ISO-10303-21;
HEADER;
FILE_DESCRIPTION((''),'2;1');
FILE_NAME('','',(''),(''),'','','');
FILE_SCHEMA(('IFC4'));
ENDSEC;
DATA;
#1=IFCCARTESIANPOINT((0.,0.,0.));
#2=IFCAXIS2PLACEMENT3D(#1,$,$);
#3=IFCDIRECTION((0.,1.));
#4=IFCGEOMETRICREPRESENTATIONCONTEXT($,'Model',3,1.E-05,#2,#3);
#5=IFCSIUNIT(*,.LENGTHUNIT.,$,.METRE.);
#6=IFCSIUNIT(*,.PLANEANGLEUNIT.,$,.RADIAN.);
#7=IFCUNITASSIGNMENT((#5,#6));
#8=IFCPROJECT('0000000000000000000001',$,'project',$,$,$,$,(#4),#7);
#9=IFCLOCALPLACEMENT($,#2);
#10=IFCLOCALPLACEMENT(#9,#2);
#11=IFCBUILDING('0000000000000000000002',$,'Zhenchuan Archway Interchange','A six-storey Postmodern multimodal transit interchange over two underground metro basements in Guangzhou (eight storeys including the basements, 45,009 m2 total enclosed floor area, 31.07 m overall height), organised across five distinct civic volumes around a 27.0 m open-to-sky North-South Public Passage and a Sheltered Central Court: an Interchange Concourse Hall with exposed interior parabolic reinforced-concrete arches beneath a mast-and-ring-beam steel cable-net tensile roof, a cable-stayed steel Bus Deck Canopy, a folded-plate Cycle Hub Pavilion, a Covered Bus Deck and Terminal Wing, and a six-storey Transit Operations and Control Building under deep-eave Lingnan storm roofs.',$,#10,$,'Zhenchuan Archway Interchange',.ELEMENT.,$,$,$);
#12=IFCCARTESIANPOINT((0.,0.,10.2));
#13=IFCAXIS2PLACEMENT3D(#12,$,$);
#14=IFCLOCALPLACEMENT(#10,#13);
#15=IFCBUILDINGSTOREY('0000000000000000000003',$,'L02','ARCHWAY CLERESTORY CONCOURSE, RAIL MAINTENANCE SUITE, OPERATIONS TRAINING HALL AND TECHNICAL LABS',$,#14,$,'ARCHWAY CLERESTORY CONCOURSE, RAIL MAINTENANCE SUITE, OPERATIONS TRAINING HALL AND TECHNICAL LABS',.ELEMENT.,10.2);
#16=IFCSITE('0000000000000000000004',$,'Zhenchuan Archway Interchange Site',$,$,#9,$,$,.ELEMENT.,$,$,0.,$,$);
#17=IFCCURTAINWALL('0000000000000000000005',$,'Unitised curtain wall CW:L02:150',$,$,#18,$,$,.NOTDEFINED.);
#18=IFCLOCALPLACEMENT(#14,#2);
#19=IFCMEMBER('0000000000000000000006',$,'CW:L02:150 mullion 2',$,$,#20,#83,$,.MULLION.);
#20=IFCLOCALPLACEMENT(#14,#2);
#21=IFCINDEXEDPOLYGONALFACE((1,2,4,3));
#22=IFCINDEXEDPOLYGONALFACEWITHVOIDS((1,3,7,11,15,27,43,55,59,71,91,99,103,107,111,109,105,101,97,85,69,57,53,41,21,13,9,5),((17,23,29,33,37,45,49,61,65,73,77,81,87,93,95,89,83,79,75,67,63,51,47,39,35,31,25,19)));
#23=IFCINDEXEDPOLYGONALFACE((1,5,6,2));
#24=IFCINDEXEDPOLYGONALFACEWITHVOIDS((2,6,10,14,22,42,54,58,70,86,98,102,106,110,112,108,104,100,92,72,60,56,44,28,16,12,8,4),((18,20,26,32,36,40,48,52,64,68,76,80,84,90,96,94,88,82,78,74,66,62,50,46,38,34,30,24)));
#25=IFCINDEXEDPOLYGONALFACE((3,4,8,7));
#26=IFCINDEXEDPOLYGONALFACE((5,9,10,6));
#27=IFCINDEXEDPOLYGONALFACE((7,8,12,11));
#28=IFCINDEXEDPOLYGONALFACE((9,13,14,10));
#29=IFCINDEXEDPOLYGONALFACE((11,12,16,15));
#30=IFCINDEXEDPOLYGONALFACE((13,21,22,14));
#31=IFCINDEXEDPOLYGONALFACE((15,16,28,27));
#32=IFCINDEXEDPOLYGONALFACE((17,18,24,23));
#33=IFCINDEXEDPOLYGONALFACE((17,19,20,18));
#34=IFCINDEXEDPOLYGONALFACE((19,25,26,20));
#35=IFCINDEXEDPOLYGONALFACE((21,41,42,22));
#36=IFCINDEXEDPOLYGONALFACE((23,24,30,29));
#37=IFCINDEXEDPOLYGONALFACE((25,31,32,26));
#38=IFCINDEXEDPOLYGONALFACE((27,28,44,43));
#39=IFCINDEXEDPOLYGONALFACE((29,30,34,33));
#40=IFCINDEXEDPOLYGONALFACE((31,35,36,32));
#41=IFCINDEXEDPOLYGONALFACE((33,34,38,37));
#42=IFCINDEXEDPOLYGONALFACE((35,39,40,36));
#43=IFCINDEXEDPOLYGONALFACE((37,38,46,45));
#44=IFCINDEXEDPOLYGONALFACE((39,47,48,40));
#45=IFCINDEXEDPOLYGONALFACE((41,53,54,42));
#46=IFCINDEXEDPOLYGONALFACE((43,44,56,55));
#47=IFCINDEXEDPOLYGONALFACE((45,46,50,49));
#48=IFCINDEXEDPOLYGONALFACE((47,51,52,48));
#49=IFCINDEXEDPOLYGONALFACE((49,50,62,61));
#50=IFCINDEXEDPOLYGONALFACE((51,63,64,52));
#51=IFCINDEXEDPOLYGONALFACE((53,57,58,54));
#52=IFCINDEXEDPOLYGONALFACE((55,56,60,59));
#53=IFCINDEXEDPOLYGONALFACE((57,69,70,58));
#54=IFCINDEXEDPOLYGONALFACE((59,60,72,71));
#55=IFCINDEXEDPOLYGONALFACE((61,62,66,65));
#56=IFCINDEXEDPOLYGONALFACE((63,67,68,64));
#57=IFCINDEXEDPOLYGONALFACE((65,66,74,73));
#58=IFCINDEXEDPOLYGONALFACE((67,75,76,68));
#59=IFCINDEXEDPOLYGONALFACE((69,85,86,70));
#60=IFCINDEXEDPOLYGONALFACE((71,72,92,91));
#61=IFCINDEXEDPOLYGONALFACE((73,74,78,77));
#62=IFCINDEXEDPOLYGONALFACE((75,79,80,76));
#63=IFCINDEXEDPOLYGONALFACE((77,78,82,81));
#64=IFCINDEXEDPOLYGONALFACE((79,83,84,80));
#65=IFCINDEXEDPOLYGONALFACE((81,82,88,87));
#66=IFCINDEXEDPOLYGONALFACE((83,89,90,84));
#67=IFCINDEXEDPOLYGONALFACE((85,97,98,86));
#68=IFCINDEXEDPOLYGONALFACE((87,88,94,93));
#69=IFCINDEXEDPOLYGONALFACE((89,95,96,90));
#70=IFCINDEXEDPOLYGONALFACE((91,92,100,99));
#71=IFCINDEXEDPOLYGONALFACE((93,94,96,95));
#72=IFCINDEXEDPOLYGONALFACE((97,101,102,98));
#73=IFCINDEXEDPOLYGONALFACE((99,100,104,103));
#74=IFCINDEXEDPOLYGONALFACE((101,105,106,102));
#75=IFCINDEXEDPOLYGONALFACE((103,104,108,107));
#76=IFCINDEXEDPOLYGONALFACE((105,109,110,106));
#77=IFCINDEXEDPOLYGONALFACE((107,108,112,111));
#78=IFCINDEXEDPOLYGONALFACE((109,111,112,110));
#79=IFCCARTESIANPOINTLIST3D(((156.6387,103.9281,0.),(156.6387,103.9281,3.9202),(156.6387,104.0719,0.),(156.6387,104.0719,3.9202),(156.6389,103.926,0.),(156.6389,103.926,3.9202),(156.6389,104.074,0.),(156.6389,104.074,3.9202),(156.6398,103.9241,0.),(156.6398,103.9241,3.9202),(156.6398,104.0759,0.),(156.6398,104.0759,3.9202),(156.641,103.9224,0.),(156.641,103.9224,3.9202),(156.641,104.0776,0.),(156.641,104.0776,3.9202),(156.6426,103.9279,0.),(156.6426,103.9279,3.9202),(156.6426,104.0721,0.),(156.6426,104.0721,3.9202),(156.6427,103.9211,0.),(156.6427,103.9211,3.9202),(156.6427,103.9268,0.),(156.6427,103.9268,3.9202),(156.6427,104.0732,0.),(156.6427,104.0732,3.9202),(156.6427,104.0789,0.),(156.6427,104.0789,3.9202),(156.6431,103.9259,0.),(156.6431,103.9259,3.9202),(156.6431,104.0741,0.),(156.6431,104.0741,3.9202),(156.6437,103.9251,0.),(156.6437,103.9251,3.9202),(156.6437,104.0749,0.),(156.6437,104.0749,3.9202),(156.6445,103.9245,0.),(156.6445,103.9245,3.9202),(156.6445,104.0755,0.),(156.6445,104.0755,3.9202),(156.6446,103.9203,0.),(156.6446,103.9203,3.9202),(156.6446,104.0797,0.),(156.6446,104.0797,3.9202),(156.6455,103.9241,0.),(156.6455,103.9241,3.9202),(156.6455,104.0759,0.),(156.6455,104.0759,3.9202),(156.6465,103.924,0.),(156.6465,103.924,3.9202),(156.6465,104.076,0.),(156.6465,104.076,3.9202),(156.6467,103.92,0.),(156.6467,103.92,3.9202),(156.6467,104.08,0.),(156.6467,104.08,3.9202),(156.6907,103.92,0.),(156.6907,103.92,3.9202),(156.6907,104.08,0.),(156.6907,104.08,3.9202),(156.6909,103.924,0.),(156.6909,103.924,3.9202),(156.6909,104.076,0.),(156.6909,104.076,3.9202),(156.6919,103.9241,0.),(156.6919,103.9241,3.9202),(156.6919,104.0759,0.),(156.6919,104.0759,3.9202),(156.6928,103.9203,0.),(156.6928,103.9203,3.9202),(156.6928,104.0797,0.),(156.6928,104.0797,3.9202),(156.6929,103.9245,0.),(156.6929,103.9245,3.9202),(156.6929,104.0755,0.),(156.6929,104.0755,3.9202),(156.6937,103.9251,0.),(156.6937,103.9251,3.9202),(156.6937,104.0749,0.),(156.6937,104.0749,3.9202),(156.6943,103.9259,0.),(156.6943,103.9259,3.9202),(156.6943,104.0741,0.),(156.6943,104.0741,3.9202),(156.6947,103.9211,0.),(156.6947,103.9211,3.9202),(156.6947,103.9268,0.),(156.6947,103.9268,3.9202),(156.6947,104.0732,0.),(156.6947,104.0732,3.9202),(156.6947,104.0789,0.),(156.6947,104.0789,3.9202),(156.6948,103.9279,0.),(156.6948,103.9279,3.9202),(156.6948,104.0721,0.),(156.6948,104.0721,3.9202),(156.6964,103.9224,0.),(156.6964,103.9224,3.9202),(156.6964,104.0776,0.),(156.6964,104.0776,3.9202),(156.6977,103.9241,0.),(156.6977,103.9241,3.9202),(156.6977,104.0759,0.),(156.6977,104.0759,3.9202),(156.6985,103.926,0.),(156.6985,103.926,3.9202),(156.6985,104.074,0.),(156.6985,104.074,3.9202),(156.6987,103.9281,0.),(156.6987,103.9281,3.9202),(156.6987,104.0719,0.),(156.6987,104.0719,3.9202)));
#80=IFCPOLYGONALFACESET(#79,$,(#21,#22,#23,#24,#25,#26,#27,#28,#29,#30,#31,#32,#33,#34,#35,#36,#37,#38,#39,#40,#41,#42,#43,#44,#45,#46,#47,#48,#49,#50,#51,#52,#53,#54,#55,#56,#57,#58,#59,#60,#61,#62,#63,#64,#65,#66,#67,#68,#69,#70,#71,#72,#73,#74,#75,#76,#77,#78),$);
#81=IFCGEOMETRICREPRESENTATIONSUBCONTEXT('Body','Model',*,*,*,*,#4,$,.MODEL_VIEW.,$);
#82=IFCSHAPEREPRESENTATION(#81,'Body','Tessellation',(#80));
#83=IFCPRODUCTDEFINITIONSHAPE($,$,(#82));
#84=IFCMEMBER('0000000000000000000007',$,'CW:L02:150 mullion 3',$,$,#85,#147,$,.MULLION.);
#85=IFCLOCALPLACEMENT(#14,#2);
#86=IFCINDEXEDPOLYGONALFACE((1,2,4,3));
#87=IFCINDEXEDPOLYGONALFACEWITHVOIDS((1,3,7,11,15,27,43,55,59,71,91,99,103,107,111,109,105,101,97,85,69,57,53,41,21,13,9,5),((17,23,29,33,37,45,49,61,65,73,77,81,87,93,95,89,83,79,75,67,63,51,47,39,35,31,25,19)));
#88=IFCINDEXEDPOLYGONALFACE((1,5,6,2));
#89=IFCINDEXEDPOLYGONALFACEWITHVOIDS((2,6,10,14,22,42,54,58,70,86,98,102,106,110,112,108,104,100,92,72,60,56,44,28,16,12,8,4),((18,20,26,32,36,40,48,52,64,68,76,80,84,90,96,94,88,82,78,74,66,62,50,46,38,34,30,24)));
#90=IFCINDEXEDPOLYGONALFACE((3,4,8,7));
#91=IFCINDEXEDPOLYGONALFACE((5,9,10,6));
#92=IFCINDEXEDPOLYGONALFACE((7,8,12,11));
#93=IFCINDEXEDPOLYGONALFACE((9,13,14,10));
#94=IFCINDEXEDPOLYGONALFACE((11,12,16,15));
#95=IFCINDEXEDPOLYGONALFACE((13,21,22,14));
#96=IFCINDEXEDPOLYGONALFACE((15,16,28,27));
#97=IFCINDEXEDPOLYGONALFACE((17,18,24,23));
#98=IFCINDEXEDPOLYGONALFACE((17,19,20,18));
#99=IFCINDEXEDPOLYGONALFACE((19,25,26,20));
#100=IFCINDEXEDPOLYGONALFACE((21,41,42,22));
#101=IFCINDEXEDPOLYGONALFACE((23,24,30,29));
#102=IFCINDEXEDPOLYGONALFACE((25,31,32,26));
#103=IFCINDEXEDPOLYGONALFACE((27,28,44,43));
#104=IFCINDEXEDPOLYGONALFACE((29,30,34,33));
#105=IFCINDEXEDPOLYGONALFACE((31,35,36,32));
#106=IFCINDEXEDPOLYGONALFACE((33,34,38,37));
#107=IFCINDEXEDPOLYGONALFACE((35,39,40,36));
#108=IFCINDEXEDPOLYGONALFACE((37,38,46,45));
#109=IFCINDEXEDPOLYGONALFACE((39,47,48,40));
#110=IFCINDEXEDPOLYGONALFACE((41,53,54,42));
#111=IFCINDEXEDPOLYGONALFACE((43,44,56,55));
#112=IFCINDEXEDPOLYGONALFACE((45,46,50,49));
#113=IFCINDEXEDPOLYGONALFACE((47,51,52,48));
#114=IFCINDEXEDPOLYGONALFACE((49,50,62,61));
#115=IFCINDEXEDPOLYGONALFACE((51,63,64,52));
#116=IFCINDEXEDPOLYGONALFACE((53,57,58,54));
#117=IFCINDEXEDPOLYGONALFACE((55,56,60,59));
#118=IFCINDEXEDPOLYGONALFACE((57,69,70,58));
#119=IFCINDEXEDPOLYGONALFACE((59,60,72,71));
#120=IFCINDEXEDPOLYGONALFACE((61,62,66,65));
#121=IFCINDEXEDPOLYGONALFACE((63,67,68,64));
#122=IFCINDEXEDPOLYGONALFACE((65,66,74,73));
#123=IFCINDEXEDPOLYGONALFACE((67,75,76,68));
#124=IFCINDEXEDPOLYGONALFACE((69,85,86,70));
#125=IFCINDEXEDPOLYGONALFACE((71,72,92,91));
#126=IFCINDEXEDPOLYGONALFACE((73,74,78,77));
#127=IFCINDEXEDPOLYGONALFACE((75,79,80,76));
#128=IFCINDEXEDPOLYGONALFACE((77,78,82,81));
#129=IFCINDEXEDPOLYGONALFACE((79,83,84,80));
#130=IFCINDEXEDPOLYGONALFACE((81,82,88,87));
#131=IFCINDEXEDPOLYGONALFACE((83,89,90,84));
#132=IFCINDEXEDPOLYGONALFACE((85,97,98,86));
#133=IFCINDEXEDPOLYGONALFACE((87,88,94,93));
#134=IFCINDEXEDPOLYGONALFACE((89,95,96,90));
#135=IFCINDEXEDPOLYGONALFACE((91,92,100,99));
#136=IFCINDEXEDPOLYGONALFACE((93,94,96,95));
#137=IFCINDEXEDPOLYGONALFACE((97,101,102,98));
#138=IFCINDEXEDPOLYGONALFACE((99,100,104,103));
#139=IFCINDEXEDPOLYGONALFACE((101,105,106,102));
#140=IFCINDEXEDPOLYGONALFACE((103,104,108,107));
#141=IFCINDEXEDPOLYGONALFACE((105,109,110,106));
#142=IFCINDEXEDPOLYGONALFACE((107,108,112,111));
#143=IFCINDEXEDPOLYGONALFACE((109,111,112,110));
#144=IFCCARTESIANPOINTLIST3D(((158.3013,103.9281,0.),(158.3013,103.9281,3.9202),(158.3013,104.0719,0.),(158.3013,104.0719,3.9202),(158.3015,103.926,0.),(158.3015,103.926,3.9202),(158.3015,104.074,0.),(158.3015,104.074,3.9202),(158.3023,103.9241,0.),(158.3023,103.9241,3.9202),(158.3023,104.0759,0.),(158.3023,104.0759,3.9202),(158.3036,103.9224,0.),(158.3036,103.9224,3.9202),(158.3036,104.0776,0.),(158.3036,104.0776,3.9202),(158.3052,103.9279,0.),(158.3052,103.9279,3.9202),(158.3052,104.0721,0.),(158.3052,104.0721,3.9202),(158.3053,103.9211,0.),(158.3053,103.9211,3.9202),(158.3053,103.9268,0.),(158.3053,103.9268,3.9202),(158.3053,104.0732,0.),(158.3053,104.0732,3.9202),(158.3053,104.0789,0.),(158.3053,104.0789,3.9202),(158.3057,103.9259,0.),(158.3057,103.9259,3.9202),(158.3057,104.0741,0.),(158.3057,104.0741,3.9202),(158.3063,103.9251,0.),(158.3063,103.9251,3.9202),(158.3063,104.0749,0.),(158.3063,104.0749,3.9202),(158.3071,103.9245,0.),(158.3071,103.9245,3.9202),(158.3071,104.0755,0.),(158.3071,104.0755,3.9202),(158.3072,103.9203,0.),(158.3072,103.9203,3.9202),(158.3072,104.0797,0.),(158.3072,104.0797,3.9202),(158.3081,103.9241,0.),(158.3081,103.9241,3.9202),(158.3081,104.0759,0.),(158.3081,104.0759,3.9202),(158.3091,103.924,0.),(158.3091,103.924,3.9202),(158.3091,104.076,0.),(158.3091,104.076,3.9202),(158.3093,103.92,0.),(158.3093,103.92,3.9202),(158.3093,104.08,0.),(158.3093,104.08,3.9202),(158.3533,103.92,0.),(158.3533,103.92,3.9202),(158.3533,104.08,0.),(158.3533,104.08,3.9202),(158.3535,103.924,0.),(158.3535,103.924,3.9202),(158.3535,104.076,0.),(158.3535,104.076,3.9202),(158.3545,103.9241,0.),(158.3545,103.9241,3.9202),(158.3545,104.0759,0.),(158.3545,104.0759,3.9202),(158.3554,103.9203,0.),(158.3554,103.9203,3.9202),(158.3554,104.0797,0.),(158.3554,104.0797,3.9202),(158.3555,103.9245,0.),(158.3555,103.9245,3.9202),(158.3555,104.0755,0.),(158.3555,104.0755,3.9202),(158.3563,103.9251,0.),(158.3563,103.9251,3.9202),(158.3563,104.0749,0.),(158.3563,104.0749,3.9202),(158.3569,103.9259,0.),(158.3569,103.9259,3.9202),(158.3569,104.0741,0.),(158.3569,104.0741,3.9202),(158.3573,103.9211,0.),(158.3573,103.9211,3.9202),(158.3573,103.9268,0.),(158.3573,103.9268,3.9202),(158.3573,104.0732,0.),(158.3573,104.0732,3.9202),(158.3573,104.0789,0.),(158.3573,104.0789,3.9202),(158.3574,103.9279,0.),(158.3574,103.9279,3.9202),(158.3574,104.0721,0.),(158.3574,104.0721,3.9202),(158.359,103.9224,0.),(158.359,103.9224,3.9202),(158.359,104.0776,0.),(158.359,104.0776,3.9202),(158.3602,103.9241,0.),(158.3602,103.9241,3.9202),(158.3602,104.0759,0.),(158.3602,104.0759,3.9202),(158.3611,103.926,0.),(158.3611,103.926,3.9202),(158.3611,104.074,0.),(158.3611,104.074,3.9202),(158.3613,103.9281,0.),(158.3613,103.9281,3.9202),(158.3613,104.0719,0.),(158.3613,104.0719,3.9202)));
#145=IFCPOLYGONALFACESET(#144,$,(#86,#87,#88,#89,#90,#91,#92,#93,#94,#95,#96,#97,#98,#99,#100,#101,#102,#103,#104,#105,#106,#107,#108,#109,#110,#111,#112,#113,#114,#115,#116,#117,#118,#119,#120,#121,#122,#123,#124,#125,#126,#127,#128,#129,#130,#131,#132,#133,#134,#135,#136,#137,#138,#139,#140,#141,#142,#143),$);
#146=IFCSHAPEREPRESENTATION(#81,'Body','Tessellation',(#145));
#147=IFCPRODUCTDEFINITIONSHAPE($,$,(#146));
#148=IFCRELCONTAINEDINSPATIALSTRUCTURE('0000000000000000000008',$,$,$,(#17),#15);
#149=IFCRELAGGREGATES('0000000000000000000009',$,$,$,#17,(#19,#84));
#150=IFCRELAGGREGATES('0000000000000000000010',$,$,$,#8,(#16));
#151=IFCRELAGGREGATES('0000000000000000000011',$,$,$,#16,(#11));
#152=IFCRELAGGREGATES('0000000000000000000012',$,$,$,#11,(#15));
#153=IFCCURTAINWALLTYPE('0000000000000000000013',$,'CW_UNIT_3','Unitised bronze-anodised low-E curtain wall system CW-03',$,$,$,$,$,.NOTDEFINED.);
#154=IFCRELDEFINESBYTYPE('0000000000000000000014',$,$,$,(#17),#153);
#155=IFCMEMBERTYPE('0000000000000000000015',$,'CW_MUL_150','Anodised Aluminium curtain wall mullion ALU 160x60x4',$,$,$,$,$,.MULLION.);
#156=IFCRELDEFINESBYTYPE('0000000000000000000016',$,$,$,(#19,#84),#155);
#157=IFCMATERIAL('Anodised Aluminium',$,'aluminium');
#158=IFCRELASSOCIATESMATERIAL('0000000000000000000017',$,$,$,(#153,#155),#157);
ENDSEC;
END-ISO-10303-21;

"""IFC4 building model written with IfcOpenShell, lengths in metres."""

from ifc_helpers import new_model, si_unit, direction, frame, origin, origin_2d, place, context, subcontext, project, spatial, hollow_rectangle, extrude, material, material_profile, profile_set, type_object, element, aggregate, save


model = new_model("IFC4")

# Units and contexts
model_context = context("Model", 3, precision=1e-05, world=origin(), true_north=direction((0.0, 1.0)))
body_context = subcontext(model_context, "Body", "Model", "MODEL_VIEW")
ifc_project = project(units=[si_unit("LENGTHUNIT", "METRE"), si_unit("PLANEANGLEUNIT", "RADIAN")], contexts=[model_context])

# Site, building, storey
site_placement = place(None, origin())
site = spatial("IfcSite", under=ifc_project, at=site_placement, Name="Zhenchuan Archway Interchange Site", CompositionType="ELEMENT", RefElevation=0.0)
building_placement = place(site_placement, origin())
building = spatial("IfcBuilding", under=site, at=building_placement, Name="Zhenchuan Archway Interchange", Description="A six-storey Postmodern multimodal transit interchange over two underground metro basements in Guangzhou (eight storeys including the basements, 45,009 m2 total enclosed floor area, 31.07 m overall height), organised across five distinct civic volumes around a 27.0 m open-to-sky North-South Public Passage and a Sheltered Central Court: an Interchange Concourse Hall with exposed interior parabolic reinforced-concrete arches beneath a mast-and-ring-beam steel cable-net tensile roof, a cable-stayed steel Bus Deck Canopy, a folded-plate Cycle Hub Pavilion, a Covered Bus Deck and Terminal Wing, and a six-storey Transit Operations and Control Building under deep-eave Lingnan storm roofs.", LongName="Zhenchuan Archway Interchange", CompositionType="ELEMENT")
storey_placement = place(building_placement, frame((0.0, 0.0, 10.2)))
storey = spatial("IfcBuildingStorey", under=building, at=storey_placement, Name="L02", Description="ARCHWAY CLERESTORY CONCOURSE, RAIL MAINTENANCE SUITE, OPERATIONS TRAINING HALL AND TECHNICAL LABS", LongName="ARCHWAY CLERESTORY CONCOURSE, RAIL MAINTENANCE SUITE, OPERATIONS TRAINING HALL AND TECHNICAL LABS", CompositionType="ELEMENT", Elevation=10.2)

# Curtain wall, members
ifc_material_1 = material(Name="Anodised Aluminium", Category="aluminium")
curtain_wall_type = type_object("IfcCurtainWallType", Name="CW_UNIT_3", Description="Unitised bronze-anodised low-E curtain wall system CW-03", PredefinedType="NOTDEFINED", material=ifc_material_1)
curtain_wall_placement = place(storey_placement, origin())
curtain_wall = element("IfcCurtainWall", 1, at=curtain_wall_placement, inside=storey, type_object=curtain_wall_type, Name="Unitised curtain wall CW:L02:150", PredefinedType="NOTDEFINED")
ifc_material_profile_1 = material_profile(ifc_material_1, hollow_rectangle(XDim=0.0601, YDim=0.1599, WallThickness=0.0039, InnerFilletRadius=0.0039, OuterFilletRadius=0.0081, at=origin_2d()), Name="ALU 160x60x4")
ifc_profile_set_1 = profile_set([ifc_material_profile_1], Name="Anodised Aluminium")
member_type_1 = type_object("IfcMemberType", Name="CW_MUL_150", Description="Anodised Aluminium curtain wall mullion ALU 160x60x4", PredefinedType="MULLION", material=ifc_profile_set_1)
member_1_placement = place(storey_placement, frame((156.6687, 104.0, 0.0), z_axis=(0.0, 0.0, 1.0), x_axis=(1.0, 0.0, 0.0)))
member_1 = element("IfcMember", 2, at=member_1_placement, type_object=member_type_1, Name="CW:L02:150 mullion 2", PredefinedType="MULLION", context=body_context, shape_type="SweptSolid", body=[
    extrude(hollow_rectangle(XDim=0.0601, YDim=0.1599, WallThickness=0.0039, InnerFilletRadius=0.0039, OuterFilletRadius=0.0081, at=origin_2d()), origin(), (0.0, 0.0, 1.0), 3.9202),
])
member_2_placement = place(storey_placement, frame((158.3313, 104.0, 0.0), z_axis=(0.0, 0.0, 1.0), x_axis=(1.0, 0.0, 0.0)))
member_2 = element("IfcMember", 3, at=member_2_placement, type_object=member_type_1, Name="CW:L02:150 mullion 3", PredefinedType="MULLION", context=body_context, shape_type="SweptSolid", body=[
    extrude(hollow_rectangle(XDim=0.0601, YDim=0.1599, WallThickness=0.0039, InnerFilletRadius=0.0039, OuterFilletRadius=0.0081, at=origin_2d()), origin(), (0.0, 0.0, 1.0), 3.9202),
])

aggregate(curtain_wall, [member_1, member_2])

save(model, "model.ifc")
